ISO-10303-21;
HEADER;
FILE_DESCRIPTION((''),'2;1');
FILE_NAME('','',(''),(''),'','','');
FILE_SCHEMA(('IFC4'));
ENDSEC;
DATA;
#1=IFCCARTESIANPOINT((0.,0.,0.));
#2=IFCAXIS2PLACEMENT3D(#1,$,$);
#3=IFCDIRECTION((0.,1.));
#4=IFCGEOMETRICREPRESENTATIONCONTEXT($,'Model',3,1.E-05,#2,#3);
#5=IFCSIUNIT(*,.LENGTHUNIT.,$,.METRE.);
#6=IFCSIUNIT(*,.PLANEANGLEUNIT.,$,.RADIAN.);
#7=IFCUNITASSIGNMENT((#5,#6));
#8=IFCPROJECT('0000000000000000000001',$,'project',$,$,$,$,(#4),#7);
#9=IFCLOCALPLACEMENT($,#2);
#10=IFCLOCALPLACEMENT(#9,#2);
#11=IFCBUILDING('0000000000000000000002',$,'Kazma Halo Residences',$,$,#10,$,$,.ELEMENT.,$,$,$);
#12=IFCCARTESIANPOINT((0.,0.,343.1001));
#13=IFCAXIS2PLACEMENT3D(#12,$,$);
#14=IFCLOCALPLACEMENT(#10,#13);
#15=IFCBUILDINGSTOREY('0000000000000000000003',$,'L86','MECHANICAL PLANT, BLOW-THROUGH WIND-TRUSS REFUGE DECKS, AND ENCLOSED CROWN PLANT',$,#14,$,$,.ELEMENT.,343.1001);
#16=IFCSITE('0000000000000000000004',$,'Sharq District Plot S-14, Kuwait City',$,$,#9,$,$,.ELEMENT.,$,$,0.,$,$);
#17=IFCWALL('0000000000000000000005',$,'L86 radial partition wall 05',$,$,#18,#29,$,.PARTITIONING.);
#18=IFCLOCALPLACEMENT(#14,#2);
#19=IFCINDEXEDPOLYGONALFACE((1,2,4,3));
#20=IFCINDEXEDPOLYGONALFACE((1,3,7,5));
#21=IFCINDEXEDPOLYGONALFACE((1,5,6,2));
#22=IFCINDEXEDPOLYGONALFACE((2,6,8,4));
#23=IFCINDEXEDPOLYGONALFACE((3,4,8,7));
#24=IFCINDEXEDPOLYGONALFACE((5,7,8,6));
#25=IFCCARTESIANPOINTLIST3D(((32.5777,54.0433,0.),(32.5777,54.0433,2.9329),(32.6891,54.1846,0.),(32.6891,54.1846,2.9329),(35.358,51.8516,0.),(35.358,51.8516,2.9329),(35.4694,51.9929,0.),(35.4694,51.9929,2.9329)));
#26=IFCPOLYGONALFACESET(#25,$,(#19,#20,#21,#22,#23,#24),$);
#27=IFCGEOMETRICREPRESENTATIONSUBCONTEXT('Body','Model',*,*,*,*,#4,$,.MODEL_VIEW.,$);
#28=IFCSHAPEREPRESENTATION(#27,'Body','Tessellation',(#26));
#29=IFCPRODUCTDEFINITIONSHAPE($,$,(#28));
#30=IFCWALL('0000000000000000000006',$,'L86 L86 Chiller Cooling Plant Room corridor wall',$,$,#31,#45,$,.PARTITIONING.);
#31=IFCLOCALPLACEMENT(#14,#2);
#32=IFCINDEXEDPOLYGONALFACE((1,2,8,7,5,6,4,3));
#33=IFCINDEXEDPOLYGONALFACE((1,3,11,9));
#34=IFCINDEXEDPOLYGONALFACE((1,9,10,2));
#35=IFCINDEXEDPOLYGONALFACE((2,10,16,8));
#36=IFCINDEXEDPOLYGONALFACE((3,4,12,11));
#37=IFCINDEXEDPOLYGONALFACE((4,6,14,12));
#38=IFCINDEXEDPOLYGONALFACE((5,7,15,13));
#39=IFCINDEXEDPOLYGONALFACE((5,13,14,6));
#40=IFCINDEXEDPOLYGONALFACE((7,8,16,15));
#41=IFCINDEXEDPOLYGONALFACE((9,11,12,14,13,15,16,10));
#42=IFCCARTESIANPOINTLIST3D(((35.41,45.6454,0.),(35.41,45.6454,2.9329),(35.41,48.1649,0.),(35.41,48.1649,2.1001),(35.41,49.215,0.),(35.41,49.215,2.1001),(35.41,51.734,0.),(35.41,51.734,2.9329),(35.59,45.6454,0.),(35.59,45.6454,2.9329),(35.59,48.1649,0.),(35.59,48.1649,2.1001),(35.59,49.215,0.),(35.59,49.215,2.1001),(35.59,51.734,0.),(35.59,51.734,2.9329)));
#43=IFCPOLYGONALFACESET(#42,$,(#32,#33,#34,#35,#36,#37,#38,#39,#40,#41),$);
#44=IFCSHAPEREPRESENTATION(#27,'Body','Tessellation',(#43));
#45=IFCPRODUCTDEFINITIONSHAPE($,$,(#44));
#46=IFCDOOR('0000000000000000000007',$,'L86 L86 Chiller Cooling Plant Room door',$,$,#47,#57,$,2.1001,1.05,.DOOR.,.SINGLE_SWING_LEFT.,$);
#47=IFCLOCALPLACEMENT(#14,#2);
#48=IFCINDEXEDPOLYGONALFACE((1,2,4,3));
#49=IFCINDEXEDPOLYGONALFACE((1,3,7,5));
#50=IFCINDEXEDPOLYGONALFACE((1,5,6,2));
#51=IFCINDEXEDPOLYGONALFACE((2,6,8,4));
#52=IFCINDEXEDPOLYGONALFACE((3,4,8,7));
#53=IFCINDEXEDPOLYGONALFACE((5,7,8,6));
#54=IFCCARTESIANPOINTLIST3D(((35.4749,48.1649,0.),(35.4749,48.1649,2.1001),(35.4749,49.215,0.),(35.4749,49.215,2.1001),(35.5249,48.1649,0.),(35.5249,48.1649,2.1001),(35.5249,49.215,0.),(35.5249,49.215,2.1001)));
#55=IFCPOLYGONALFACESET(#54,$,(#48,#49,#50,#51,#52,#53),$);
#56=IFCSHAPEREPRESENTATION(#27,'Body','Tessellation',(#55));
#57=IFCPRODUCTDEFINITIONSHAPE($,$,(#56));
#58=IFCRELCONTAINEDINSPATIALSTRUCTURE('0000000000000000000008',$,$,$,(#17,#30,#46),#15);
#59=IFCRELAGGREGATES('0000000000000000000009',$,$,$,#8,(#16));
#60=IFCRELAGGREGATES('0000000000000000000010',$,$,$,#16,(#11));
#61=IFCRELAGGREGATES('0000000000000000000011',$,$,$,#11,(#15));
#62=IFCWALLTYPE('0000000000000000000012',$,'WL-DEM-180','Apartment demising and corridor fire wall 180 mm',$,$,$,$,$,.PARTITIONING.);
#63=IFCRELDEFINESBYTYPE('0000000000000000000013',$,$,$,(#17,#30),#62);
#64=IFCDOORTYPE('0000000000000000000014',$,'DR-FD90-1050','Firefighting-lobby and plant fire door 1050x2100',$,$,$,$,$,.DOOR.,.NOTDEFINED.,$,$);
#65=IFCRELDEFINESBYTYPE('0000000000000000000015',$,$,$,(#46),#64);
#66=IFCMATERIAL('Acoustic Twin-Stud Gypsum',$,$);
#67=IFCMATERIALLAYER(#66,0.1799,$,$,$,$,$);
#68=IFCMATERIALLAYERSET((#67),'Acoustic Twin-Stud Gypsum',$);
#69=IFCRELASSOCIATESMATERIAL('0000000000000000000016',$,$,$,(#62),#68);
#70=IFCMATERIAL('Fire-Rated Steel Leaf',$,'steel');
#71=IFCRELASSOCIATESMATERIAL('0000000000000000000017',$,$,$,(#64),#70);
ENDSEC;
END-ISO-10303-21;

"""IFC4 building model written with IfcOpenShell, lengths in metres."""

from ifc_helpers import new_model, si_unit, direction, frame, frame_2d, origin, place, context, subcontext, project, spatial, rectangle, extrude, material, layer, layer_set, type_object, element, fill, save


model = new_model("IFC4")

# Units and contexts
model_context = context("Model", 3, precision=1e-05, world=origin(), true_north=direction((0.0, 1.0)))
body_context = subcontext(model_context, "Body", "Model", "MODEL_VIEW")
ifc_project = project(units=[si_unit("LENGTHUNIT", "METRE"), si_unit("PLANEANGLEUNIT", "RADIAN")], contexts=[model_context])

# Site, building, storey
site_placement = place(None, origin())
site = spatial("IfcSite", under=ifc_project, at=site_placement, Name="Sharq District Plot S-14, Kuwait City", CompositionType="ELEMENT", RefElevation=0.0)
building_placement = place(site_placement, origin())
building = spatial("IfcBuilding", under=site, at=building_placement, Name="Kazma Halo Residences", CompositionType="ELEMENT")
storey_placement = place(building_placement, frame((0.0, 0.0, 343.1001)))
storey = spatial("IfcBuildingStorey", under=building, at=storey_placement, Name="L86", Description="MECHANICAL PLANT, BLOW-THROUGH WIND-TRUSS REFUGE DECKS, AND ENCLOSED CROWN PLANT", CompositionType="ELEMENT", Elevation=343.1001)

# Wall
ifc_material_1 = material(Name="Acoustic Twin-Stud Gypsum")
ifc_layer_1 = layer(ifc_material_1, 0.1799)
ifc_layer_set_1 = layer_set([ifc_layer_1], Name="Acoustic Twin-Stud Gypsum")
wall_type = type_object("IfcWallType", Name="WL-DEM-180", Description="Apartment demising and corridor fire wall 180 mm", PredefinedType="PARTITIONING", material=ifc_layer_set_1)
wall_1_placement = place(storey_placement, frame((35.4136, 51.9224, 0.0), z_axis=(0.0, 0.0, 1.0), x_axis=(-0.785336, 0.619069, 0.0)))
element("IfcWall", 1, at=wall_1_placement, inside=storey, type_object=wall_type, Name="L86 radial partition wall 05", PredefinedType="PARTITIONING", context=body_context, shape_type="SweptSolid", body=[
    extrude(rectangle(XDim=3.5403, YDim=0.1799, at=frame_2d((1.77, 0.0))), origin(), (0.0, 0.0, 1.0), 2.9329),
])

# Wall, opening, door
wall_2_placement = place(storey_placement, frame((35.5, 51.7341, 0.0), z_axis=(0.0, 0.0, 1.0), x_axis=(0.0, -1.0, 0.0)))
wall_2 = element("IfcWall", 2, at=wall_2_placement, inside=storey, type_object=wall_type, Name="L86 L86 Chiller Cooling Plant Room corridor wall", PredefinedType="PARTITIONING", context=body_context, shape_type="SweptSolid", body=[
    extrude(rectangle(XDim=6.0886, YDim=0.1799, at=frame_2d((3.0444, 0.0))), origin(), (0.0, 0.0, 1.0), 2.9329),
])
opening_placement = place(wall_2_placement, frame((2.5193, 0.0, 0.0)))
opening = element("IfcOpeningElement", 3, at=opening_placement, cuts=wall_2, PredefinedType="OPENING", context=body_context, shape_type="SweptSolid", body=[
    extrude(rectangle(XDim=1.05, YDim=2.1001, at=frame_2d((0.5249, 1.05))), frame((0.0, 0.0999, 0.0), z_axis=(0.0, -1.0, 0.0), x_axis=(1.0, 0.0, 0.0)), (0.0, 0.0, 1.0), 0.2),
])
ifc_material_2 = material(Name="Fire-Rated Steel Leaf", Category="steel")
door_type = type_object("IfcDoorType", Name="DR-FD90-1050", Description="Firefighting-lobby and plant fire door 1050x2100", OperationType="NOTDEFINED", PredefinedType="DOOR", material=ifc_material_2)
door_placement = place(opening_placement, origin())
door = element("IfcDoor", 4, at=door_placement, inside=storey, type_object=door_type, Name="L86 L86 Chiller Cooling Plant Room door", OperationType="SINGLE_SWING_LEFT", OverallHeight=2.1001, OverallWidth=1.05, PredefinedType="DOOR", context=body_context, shape_type="SweptSolid", body=[
    extrude(rectangle(XDim=1.05, YDim=2.1001, at=frame_2d((0.5249, 1.05))), frame((0.0, 0.0249, 0.0), z_axis=(0.0, -1.0, 0.0), x_axis=(1.0, 0.0, 0.0)), (0.0, 0.0, 1.0), 0.05),
])
fill(opening, door)

save(model, "model.ifc")
